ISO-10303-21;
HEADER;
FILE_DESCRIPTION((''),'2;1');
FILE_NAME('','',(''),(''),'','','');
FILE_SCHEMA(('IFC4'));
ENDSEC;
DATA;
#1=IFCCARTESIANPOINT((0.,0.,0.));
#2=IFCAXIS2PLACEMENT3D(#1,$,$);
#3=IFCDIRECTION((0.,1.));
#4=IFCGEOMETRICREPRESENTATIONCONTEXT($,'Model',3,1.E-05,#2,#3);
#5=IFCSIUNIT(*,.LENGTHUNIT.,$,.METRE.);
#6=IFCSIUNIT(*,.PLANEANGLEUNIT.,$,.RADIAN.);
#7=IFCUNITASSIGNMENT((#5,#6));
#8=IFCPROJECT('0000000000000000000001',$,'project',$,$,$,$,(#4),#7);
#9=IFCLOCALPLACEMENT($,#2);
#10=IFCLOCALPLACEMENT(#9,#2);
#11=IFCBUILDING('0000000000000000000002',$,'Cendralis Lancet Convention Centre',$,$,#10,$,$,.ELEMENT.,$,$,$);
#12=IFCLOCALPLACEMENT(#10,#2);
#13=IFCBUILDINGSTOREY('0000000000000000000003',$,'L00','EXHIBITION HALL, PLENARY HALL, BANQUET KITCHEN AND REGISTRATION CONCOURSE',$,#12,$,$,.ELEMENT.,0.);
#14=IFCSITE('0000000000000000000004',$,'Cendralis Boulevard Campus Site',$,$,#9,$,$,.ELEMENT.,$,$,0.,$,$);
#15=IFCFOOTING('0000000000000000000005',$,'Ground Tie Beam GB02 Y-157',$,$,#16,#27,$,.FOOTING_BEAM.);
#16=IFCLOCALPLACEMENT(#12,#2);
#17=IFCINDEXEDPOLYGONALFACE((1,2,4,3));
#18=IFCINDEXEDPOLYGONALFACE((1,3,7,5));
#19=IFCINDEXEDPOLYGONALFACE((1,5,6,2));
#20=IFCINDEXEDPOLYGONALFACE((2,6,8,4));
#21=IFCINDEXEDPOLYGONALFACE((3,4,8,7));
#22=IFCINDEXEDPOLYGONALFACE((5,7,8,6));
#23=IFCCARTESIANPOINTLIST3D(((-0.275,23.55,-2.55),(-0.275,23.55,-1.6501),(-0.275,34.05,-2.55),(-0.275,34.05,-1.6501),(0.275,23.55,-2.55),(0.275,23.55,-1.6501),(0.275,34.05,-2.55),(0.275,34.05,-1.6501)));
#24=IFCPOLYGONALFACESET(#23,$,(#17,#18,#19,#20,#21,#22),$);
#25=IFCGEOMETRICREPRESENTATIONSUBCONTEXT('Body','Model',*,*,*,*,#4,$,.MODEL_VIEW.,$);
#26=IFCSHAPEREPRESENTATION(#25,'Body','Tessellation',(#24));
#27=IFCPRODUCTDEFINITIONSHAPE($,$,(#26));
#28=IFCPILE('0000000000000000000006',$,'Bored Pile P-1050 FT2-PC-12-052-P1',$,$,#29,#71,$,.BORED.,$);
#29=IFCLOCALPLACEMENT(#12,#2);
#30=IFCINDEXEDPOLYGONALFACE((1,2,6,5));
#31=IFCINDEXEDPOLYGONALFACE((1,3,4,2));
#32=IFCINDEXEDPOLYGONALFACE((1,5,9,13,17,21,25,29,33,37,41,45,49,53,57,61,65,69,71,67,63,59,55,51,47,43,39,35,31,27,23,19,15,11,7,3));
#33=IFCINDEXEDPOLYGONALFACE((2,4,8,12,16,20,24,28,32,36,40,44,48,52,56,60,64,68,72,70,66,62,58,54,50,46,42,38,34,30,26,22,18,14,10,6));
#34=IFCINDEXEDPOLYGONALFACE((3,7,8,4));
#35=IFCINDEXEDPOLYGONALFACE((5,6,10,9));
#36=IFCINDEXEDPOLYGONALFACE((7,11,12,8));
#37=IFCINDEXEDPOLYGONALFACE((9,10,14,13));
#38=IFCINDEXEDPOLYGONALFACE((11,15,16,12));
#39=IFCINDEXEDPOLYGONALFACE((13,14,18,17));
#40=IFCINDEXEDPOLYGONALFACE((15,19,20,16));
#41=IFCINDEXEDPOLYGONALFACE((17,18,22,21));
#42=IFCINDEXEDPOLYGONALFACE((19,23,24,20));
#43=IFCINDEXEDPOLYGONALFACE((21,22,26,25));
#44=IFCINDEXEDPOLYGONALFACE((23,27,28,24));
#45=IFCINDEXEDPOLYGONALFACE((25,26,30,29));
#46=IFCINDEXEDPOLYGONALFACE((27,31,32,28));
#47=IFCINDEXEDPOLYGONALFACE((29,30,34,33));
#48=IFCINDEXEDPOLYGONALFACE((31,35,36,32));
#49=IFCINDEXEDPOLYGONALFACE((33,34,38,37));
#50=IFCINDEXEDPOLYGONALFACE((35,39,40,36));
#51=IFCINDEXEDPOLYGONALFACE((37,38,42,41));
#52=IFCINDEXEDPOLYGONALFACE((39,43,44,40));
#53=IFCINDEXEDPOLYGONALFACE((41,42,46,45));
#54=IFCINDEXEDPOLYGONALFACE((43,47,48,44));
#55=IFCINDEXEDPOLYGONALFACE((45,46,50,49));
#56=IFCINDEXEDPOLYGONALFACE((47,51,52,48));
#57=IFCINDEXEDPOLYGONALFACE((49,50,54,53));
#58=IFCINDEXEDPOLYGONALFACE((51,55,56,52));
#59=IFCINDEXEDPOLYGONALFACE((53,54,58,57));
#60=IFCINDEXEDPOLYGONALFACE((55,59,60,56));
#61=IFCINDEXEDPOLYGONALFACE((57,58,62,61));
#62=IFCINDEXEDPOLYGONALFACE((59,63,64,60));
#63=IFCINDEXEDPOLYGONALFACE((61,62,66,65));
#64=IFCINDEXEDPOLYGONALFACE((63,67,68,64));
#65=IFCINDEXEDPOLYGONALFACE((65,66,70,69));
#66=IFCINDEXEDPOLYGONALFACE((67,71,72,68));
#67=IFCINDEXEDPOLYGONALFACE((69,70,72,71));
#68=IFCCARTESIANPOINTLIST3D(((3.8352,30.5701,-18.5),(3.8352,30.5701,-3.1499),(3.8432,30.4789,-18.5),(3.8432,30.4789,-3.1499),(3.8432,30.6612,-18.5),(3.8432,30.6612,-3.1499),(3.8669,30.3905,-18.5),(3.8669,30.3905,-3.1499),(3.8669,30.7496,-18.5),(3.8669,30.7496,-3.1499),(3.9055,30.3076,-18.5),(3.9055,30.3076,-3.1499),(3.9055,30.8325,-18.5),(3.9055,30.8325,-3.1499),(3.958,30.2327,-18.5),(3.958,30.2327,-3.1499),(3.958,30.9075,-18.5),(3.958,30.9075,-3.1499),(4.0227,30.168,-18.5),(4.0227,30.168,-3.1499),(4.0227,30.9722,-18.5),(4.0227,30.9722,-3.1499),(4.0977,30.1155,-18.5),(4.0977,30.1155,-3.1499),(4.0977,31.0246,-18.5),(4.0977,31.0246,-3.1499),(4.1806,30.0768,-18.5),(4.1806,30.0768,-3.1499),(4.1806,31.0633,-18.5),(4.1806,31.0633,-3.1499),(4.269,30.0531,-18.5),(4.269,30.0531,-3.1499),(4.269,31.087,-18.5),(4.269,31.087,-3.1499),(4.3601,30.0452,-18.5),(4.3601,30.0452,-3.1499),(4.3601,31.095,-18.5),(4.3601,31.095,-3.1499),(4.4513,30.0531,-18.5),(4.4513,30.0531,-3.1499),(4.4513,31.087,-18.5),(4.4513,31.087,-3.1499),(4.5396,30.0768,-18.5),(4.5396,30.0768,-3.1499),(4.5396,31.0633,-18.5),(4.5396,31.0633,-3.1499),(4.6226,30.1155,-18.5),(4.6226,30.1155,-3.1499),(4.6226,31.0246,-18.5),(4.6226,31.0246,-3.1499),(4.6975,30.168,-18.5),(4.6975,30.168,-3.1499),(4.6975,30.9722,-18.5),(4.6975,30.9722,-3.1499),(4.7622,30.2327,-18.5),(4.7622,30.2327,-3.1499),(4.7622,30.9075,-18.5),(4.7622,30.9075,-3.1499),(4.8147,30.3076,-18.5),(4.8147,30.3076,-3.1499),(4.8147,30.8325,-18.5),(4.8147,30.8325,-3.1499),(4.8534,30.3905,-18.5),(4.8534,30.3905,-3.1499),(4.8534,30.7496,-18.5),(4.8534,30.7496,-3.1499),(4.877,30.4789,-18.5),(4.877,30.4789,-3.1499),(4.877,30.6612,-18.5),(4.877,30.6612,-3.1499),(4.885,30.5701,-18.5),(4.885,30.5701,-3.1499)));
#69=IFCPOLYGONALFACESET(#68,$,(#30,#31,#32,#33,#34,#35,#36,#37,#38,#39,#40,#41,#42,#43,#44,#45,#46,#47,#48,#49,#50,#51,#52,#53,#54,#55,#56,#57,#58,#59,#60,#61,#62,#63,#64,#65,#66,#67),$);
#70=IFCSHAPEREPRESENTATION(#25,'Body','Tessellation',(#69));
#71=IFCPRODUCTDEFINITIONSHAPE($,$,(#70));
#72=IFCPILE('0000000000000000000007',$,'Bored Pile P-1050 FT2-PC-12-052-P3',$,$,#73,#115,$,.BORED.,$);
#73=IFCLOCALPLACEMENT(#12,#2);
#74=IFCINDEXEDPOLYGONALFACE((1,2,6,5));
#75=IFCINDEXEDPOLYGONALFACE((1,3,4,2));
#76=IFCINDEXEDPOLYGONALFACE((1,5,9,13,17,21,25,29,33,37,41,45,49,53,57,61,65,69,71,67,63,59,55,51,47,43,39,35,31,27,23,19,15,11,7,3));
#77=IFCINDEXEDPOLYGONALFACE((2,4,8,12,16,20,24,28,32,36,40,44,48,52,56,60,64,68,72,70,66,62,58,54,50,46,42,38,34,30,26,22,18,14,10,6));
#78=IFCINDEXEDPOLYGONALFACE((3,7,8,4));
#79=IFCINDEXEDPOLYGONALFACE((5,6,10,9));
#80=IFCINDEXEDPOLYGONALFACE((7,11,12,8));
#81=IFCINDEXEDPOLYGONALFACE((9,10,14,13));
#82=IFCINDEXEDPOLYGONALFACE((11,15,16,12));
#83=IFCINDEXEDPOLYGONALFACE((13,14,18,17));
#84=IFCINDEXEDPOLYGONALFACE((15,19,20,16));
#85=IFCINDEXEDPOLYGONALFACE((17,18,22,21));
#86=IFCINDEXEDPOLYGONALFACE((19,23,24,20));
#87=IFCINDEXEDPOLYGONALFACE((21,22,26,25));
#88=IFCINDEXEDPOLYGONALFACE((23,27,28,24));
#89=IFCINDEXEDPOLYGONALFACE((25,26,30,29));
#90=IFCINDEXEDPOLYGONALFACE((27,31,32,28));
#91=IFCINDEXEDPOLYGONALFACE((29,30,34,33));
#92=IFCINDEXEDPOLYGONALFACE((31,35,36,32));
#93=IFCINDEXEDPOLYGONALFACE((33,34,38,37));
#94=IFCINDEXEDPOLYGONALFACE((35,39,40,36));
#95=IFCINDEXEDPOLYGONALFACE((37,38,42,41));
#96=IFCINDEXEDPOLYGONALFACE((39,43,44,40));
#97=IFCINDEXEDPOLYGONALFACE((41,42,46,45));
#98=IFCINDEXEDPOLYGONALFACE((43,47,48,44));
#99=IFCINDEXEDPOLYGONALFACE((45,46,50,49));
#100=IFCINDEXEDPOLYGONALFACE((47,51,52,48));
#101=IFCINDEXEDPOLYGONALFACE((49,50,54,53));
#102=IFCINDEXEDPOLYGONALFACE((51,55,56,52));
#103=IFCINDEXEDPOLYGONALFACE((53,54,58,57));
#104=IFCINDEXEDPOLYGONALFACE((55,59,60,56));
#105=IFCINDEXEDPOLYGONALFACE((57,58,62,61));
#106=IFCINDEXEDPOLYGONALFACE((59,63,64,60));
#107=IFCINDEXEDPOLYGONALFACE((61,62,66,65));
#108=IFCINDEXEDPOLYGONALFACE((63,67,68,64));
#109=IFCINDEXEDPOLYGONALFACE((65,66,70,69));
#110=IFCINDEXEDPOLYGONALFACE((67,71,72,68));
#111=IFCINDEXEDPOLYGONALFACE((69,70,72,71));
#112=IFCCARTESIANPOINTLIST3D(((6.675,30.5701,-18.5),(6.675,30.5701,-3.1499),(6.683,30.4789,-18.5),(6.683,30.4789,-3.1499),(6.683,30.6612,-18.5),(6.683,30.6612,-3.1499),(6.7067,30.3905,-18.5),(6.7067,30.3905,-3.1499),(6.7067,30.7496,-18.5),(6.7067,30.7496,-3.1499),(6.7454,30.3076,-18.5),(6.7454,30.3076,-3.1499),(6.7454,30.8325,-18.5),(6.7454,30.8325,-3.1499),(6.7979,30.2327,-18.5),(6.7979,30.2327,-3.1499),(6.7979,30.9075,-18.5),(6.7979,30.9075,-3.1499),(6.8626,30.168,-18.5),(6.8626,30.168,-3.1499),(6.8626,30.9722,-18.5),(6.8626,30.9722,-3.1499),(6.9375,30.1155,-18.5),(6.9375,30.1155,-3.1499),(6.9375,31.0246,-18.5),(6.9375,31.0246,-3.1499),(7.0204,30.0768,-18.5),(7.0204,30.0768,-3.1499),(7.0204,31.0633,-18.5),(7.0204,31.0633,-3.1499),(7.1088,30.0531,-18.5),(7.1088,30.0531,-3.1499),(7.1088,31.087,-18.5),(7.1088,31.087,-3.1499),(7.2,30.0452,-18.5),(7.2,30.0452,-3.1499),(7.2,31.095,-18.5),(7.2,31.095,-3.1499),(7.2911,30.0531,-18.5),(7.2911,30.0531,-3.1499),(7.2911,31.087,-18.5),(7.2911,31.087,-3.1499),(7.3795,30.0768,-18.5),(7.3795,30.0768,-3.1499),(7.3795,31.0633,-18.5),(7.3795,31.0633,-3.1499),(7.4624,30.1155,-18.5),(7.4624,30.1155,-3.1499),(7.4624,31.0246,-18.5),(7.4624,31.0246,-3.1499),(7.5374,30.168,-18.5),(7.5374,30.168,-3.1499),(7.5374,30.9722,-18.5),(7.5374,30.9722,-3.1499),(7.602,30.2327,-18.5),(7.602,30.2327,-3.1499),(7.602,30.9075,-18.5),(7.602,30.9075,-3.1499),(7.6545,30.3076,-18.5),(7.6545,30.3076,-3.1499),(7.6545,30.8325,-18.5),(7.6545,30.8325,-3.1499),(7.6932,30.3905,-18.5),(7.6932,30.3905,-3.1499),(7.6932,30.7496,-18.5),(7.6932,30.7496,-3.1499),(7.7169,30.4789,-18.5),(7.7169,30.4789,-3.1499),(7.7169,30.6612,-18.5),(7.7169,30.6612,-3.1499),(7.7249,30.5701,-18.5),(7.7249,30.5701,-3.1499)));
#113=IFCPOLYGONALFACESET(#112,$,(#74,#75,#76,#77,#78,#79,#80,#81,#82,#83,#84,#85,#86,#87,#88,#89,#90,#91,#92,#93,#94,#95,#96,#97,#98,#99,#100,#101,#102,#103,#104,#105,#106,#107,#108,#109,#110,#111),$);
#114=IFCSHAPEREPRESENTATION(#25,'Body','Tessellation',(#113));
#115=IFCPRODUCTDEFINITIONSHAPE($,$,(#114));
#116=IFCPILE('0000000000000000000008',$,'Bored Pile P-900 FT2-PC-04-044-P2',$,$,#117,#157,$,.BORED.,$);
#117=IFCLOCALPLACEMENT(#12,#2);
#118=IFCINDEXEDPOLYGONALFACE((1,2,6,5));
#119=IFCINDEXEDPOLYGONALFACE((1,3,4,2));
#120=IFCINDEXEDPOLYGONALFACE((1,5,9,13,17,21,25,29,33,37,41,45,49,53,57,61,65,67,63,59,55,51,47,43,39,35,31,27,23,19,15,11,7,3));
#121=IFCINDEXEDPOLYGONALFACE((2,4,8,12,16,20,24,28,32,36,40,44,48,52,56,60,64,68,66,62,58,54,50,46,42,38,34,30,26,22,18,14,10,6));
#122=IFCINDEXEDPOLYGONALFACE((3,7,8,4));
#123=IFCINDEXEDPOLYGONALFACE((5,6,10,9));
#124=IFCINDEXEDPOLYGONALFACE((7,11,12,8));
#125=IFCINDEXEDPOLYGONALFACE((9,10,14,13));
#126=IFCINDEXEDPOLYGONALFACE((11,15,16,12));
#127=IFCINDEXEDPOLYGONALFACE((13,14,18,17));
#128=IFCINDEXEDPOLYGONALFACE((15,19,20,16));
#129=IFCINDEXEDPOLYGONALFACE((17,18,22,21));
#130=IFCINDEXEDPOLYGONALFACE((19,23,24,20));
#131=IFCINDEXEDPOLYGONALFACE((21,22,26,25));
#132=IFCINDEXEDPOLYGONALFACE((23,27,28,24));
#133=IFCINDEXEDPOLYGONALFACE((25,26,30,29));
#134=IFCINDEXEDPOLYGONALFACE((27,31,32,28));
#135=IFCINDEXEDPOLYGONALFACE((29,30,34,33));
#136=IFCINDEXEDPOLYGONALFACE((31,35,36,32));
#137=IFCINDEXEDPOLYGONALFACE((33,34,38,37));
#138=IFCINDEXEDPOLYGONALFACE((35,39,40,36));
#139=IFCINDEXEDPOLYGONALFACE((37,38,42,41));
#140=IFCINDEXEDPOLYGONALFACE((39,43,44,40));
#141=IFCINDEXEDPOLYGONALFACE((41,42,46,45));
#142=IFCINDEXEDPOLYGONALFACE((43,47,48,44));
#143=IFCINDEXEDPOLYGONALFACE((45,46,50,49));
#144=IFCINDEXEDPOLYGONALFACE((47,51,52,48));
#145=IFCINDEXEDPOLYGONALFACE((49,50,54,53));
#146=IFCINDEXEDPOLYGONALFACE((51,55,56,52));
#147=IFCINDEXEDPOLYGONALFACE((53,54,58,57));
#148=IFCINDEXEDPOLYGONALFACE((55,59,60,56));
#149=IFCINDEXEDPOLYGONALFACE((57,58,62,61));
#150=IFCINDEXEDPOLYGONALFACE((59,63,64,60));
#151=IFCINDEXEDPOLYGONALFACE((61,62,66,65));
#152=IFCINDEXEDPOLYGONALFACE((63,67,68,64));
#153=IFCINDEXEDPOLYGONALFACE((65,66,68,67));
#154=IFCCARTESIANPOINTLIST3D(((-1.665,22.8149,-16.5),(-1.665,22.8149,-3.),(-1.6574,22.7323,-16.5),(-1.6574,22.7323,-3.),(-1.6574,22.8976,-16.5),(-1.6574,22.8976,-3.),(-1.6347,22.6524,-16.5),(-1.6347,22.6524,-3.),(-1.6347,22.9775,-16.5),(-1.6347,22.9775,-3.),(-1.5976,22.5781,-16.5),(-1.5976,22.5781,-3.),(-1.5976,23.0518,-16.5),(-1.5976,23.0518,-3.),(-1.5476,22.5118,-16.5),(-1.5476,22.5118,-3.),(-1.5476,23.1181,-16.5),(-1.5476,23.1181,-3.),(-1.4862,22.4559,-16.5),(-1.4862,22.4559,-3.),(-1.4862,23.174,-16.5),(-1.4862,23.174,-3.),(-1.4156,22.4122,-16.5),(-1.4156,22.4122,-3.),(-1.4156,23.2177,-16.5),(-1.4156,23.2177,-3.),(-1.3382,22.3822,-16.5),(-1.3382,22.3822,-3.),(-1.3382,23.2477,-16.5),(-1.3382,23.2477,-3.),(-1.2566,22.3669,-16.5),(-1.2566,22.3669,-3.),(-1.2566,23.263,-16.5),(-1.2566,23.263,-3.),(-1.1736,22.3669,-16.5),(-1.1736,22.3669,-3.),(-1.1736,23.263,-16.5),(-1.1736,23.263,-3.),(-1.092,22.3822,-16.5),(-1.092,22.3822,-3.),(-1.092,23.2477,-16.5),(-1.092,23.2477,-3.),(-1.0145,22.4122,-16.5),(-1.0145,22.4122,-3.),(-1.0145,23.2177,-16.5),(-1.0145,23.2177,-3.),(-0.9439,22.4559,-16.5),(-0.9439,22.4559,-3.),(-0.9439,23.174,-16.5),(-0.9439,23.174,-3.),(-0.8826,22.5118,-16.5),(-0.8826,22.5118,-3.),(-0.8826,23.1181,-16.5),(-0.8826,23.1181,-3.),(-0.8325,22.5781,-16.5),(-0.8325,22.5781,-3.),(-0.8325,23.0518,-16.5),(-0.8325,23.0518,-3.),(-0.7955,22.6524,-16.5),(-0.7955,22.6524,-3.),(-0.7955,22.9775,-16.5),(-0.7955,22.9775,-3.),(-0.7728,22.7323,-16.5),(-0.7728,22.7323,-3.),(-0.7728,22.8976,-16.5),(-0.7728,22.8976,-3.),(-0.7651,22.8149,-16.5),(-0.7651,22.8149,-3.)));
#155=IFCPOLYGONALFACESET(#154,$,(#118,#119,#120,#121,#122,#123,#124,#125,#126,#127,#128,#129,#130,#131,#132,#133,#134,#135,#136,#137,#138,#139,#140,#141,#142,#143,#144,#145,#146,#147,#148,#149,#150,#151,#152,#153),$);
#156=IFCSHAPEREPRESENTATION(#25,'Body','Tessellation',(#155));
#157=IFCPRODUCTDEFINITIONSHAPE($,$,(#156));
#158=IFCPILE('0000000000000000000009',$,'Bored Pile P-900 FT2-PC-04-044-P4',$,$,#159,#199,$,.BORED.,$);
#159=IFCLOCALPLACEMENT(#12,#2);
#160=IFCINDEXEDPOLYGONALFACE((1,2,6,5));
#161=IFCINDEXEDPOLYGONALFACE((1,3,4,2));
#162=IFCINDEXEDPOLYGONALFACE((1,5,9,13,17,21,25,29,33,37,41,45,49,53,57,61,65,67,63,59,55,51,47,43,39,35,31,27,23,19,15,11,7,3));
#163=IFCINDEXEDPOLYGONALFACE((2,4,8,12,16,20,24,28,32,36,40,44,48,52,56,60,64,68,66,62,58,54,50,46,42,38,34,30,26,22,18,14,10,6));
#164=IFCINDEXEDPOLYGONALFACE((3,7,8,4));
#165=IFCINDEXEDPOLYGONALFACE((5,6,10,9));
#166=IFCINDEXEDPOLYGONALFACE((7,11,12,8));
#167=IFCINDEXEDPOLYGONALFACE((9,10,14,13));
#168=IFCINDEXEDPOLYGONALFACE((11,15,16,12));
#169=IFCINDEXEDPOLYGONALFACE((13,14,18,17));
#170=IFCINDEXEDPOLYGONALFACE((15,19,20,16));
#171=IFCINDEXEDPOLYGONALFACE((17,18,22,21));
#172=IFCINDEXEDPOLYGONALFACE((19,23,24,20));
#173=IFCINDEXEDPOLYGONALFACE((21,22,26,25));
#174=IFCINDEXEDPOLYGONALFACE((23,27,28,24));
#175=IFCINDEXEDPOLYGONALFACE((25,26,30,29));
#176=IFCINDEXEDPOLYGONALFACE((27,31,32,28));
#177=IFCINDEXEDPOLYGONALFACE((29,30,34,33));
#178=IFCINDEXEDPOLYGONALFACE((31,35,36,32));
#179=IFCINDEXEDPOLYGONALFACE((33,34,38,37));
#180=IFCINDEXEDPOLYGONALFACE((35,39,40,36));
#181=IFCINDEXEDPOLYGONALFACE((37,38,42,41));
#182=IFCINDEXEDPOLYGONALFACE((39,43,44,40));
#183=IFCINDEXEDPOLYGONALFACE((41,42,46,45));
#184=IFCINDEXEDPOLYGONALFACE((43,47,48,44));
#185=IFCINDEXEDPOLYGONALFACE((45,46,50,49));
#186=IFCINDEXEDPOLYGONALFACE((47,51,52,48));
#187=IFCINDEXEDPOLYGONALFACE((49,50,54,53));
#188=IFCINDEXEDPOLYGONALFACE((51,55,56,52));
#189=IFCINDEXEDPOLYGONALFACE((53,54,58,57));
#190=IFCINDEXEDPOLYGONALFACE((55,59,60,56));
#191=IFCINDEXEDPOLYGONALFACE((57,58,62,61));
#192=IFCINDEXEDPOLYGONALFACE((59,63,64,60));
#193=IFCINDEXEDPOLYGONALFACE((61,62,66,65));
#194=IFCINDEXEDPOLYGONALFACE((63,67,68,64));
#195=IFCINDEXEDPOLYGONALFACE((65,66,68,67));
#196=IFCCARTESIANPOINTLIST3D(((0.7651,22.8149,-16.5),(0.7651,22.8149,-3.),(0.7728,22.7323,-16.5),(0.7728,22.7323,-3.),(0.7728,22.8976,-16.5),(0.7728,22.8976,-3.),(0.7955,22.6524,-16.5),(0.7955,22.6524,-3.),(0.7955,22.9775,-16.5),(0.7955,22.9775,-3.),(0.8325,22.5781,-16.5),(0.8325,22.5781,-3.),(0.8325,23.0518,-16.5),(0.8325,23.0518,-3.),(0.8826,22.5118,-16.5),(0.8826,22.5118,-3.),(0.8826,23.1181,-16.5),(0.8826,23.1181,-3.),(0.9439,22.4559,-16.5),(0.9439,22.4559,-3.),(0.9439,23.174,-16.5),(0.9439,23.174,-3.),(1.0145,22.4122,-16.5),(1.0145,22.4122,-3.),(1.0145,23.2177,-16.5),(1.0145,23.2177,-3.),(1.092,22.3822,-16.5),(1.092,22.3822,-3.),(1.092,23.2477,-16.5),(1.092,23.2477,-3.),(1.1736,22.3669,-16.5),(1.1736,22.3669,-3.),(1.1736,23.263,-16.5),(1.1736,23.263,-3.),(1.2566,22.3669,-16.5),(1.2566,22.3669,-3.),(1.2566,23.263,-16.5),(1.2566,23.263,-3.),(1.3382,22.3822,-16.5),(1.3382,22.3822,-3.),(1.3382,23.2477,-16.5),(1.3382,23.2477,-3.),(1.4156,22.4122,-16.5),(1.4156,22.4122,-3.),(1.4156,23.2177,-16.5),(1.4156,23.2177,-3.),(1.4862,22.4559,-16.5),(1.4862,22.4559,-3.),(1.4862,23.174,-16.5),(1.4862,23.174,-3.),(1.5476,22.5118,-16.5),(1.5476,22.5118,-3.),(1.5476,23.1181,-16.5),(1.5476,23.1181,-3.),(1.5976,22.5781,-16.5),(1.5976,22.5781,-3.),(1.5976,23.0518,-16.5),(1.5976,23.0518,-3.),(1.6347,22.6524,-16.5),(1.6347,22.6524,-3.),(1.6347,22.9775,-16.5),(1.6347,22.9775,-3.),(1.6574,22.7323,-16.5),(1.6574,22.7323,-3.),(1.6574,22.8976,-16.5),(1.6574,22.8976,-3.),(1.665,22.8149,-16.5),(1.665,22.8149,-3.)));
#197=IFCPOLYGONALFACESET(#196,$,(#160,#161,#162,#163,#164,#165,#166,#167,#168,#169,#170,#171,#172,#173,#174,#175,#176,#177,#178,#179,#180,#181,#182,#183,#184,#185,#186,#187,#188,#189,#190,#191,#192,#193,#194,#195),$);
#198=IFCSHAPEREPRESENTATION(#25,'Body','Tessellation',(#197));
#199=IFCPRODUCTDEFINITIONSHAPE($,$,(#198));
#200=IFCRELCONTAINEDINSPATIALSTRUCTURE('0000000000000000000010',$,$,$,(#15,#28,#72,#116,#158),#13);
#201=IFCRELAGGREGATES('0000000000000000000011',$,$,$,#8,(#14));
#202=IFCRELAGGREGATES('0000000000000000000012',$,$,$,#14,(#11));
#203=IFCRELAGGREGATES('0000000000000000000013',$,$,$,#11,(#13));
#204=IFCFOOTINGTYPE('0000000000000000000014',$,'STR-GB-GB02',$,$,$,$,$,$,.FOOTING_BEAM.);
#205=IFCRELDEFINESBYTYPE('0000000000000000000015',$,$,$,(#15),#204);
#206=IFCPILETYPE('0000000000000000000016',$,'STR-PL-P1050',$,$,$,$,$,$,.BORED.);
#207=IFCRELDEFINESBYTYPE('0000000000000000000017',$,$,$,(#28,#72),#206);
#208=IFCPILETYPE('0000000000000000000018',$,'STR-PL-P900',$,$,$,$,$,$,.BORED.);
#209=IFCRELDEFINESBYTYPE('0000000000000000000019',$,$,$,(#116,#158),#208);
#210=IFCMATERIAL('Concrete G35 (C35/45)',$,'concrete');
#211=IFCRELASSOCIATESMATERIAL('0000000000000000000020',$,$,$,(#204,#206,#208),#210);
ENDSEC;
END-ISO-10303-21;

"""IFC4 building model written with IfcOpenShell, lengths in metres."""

from ifc_helpers import new_model, si_unit, direction, frame, origin, origin_2d, place, context, subcontext, project, spatial, rectangle, circle, extrude, material, material_profile, profile_set, type_object, element, save


model = new_model("IFC4")

# Units and contexts
model_context = context("Model", 3, precision=1e-05, world=origin(), true_north=direction((0.0, 1.0)))
body_context = subcontext(model_context, "Body", "Model", "MODEL_VIEW")
ifc_project = project(units=[si_unit("LENGTHUNIT", "METRE"), si_unit("PLANEANGLEUNIT", "RADIAN")], contexts=[model_context])

# Site, building, storey
site_placement = place(None, origin())
site = spatial("IfcSite", under=ifc_project, at=site_placement, Name="Cendralis Boulevard Campus Site", CompositionType="ELEMENT", RefElevation=0.0)
building_placement = place(site_placement, origin())
building = spatial("IfcBuilding", under=site, at=building_placement, Name="Cendralis Lancet Convention Centre", CompositionType="ELEMENT")
storey_placement = place(building_placement, origin())
storey = spatial("IfcBuildingStorey", under=building, at=storey_placement, Name="L00", Description="EXHIBITION HALL, PLENARY HALL, BANQUET KITCHEN AND REGISTRATION CONCOURSE", CompositionType="ELEMENT", Elevation=0.0)

# Footing
ifc_material_1 = material(Name="Concrete G35 (C35/45)", Category="concrete")
ifc_material_profile_1 = material_profile(ifc_material_1, rectangle(XDim=0.55, YDim=0.8999, at=origin_2d()), Name="RCB 550x900")
ifc_profile_set_1 = profile_set([ifc_material_profile_1], Name="Concrete G35 (C35/45)")
footing_type = type_object("IfcFootingType", Name="STR-GB-GB02", PredefinedType="FOOTING_BEAM", material=ifc_profile_set_1)
footing_placement = place(storey_placement, frame((0.0, 23.55, -2.1001), z_axis=(0.0, 1.0, 0.0), x_axis=(-1.0, 0.0, 0.0)))
element("IfcFooting", 1, at=footing_placement, inside=storey, type_object=footing_type, Name="Ground Tie Beam GB02 Y-157", PredefinedType="FOOTING_BEAM", context=body_context, shape_type="SweptSolid", body=[
    extrude(rectangle(XDim=0.55, YDim=0.8999, at=origin_2d()), origin(), (0.0, 0.0, 1.0), 10.5),
])

# Piles
ifc_material_profile_2 = material_profile(ifc_material_1, circle(Radius=0.5249, at=origin_2d()), Name="BORED PILE D1050")
ifc_profile_set_2 = profile_set([ifc_material_profile_2], Name="Concrete G35 (C35/45)")
pile_type_1 = type_object("IfcPileType", Name="STR-PL-P1050", PredefinedType="BORED", material=ifc_profile_set_2)
for number, where, z_axis, x_axis, name in (
    (2, (4.3601, 30.5701, -3.1499), (0.0, 0.0, -1.0), (1.0, 0.0, 0.0), "Bored Pile P-1050 FT2-PC-12-052-P1"),
    (3, (7.2, 30.5701, -3.1499), (0.0, 0.0, -1.0), (1.0, 0.0, 0.0), "Bored Pile P-1050 FT2-PC-12-052-P3"),
):
    element("IfcPile", number, at=place(storey_placement, frame(where, z_axis=z_axis, x_axis=x_axis)), inside=storey, type_object=pile_type_1, Name=name, PredefinedType="BORED", context=body_context, shape_type="SweptSolid", body=[
        extrude(circle(Radius=0.5249, at=origin_2d()), origin(), (0.0, 0.0, 1.0), 15.3501),
    ])
ifc_material_profile_3 = material_profile(ifc_material_1, circle(Radius=0.45, at=origin_2d()), Name="BORED PILE D900")
ifc_profile_set_3 = profile_set([ifc_material_profile_3], Name="Concrete G35 (C35/45)")
pile_type_2 = type_object("IfcPileType", Name="STR-PL-P900", PredefinedType="BORED", material=ifc_profile_set_3)
for number, where, z_axis, x_axis, name in (
    (4, (-1.2151, 22.8149, -3.0), (0.0, 0.0, -1.0), (1.0, 0.0, 0.0), "Bored Pile P-900 FT2-PC-04-044-P2"),
    (5, (1.2151, 22.8149, -3.0), (0.0, 0.0, -1.0), (1.0, 0.0, 0.0), "Bored Pile P-900 FT2-PC-04-044-P4"),
):
    element("IfcPile", number, at=place(storey_placement, frame(where, z_axis=z_axis, x_axis=x_axis)), inside=storey, type_object=pile_type_2, Name=name, PredefinedType="BORED", context=body_context, shape_type="SweptSolid", body=[
        extrude(circle(Radius=0.45, at=origin_2d()), origin(), (0.0, 0.0, 1.0), 13.5),
    ])

save(model, "model.ifc")
